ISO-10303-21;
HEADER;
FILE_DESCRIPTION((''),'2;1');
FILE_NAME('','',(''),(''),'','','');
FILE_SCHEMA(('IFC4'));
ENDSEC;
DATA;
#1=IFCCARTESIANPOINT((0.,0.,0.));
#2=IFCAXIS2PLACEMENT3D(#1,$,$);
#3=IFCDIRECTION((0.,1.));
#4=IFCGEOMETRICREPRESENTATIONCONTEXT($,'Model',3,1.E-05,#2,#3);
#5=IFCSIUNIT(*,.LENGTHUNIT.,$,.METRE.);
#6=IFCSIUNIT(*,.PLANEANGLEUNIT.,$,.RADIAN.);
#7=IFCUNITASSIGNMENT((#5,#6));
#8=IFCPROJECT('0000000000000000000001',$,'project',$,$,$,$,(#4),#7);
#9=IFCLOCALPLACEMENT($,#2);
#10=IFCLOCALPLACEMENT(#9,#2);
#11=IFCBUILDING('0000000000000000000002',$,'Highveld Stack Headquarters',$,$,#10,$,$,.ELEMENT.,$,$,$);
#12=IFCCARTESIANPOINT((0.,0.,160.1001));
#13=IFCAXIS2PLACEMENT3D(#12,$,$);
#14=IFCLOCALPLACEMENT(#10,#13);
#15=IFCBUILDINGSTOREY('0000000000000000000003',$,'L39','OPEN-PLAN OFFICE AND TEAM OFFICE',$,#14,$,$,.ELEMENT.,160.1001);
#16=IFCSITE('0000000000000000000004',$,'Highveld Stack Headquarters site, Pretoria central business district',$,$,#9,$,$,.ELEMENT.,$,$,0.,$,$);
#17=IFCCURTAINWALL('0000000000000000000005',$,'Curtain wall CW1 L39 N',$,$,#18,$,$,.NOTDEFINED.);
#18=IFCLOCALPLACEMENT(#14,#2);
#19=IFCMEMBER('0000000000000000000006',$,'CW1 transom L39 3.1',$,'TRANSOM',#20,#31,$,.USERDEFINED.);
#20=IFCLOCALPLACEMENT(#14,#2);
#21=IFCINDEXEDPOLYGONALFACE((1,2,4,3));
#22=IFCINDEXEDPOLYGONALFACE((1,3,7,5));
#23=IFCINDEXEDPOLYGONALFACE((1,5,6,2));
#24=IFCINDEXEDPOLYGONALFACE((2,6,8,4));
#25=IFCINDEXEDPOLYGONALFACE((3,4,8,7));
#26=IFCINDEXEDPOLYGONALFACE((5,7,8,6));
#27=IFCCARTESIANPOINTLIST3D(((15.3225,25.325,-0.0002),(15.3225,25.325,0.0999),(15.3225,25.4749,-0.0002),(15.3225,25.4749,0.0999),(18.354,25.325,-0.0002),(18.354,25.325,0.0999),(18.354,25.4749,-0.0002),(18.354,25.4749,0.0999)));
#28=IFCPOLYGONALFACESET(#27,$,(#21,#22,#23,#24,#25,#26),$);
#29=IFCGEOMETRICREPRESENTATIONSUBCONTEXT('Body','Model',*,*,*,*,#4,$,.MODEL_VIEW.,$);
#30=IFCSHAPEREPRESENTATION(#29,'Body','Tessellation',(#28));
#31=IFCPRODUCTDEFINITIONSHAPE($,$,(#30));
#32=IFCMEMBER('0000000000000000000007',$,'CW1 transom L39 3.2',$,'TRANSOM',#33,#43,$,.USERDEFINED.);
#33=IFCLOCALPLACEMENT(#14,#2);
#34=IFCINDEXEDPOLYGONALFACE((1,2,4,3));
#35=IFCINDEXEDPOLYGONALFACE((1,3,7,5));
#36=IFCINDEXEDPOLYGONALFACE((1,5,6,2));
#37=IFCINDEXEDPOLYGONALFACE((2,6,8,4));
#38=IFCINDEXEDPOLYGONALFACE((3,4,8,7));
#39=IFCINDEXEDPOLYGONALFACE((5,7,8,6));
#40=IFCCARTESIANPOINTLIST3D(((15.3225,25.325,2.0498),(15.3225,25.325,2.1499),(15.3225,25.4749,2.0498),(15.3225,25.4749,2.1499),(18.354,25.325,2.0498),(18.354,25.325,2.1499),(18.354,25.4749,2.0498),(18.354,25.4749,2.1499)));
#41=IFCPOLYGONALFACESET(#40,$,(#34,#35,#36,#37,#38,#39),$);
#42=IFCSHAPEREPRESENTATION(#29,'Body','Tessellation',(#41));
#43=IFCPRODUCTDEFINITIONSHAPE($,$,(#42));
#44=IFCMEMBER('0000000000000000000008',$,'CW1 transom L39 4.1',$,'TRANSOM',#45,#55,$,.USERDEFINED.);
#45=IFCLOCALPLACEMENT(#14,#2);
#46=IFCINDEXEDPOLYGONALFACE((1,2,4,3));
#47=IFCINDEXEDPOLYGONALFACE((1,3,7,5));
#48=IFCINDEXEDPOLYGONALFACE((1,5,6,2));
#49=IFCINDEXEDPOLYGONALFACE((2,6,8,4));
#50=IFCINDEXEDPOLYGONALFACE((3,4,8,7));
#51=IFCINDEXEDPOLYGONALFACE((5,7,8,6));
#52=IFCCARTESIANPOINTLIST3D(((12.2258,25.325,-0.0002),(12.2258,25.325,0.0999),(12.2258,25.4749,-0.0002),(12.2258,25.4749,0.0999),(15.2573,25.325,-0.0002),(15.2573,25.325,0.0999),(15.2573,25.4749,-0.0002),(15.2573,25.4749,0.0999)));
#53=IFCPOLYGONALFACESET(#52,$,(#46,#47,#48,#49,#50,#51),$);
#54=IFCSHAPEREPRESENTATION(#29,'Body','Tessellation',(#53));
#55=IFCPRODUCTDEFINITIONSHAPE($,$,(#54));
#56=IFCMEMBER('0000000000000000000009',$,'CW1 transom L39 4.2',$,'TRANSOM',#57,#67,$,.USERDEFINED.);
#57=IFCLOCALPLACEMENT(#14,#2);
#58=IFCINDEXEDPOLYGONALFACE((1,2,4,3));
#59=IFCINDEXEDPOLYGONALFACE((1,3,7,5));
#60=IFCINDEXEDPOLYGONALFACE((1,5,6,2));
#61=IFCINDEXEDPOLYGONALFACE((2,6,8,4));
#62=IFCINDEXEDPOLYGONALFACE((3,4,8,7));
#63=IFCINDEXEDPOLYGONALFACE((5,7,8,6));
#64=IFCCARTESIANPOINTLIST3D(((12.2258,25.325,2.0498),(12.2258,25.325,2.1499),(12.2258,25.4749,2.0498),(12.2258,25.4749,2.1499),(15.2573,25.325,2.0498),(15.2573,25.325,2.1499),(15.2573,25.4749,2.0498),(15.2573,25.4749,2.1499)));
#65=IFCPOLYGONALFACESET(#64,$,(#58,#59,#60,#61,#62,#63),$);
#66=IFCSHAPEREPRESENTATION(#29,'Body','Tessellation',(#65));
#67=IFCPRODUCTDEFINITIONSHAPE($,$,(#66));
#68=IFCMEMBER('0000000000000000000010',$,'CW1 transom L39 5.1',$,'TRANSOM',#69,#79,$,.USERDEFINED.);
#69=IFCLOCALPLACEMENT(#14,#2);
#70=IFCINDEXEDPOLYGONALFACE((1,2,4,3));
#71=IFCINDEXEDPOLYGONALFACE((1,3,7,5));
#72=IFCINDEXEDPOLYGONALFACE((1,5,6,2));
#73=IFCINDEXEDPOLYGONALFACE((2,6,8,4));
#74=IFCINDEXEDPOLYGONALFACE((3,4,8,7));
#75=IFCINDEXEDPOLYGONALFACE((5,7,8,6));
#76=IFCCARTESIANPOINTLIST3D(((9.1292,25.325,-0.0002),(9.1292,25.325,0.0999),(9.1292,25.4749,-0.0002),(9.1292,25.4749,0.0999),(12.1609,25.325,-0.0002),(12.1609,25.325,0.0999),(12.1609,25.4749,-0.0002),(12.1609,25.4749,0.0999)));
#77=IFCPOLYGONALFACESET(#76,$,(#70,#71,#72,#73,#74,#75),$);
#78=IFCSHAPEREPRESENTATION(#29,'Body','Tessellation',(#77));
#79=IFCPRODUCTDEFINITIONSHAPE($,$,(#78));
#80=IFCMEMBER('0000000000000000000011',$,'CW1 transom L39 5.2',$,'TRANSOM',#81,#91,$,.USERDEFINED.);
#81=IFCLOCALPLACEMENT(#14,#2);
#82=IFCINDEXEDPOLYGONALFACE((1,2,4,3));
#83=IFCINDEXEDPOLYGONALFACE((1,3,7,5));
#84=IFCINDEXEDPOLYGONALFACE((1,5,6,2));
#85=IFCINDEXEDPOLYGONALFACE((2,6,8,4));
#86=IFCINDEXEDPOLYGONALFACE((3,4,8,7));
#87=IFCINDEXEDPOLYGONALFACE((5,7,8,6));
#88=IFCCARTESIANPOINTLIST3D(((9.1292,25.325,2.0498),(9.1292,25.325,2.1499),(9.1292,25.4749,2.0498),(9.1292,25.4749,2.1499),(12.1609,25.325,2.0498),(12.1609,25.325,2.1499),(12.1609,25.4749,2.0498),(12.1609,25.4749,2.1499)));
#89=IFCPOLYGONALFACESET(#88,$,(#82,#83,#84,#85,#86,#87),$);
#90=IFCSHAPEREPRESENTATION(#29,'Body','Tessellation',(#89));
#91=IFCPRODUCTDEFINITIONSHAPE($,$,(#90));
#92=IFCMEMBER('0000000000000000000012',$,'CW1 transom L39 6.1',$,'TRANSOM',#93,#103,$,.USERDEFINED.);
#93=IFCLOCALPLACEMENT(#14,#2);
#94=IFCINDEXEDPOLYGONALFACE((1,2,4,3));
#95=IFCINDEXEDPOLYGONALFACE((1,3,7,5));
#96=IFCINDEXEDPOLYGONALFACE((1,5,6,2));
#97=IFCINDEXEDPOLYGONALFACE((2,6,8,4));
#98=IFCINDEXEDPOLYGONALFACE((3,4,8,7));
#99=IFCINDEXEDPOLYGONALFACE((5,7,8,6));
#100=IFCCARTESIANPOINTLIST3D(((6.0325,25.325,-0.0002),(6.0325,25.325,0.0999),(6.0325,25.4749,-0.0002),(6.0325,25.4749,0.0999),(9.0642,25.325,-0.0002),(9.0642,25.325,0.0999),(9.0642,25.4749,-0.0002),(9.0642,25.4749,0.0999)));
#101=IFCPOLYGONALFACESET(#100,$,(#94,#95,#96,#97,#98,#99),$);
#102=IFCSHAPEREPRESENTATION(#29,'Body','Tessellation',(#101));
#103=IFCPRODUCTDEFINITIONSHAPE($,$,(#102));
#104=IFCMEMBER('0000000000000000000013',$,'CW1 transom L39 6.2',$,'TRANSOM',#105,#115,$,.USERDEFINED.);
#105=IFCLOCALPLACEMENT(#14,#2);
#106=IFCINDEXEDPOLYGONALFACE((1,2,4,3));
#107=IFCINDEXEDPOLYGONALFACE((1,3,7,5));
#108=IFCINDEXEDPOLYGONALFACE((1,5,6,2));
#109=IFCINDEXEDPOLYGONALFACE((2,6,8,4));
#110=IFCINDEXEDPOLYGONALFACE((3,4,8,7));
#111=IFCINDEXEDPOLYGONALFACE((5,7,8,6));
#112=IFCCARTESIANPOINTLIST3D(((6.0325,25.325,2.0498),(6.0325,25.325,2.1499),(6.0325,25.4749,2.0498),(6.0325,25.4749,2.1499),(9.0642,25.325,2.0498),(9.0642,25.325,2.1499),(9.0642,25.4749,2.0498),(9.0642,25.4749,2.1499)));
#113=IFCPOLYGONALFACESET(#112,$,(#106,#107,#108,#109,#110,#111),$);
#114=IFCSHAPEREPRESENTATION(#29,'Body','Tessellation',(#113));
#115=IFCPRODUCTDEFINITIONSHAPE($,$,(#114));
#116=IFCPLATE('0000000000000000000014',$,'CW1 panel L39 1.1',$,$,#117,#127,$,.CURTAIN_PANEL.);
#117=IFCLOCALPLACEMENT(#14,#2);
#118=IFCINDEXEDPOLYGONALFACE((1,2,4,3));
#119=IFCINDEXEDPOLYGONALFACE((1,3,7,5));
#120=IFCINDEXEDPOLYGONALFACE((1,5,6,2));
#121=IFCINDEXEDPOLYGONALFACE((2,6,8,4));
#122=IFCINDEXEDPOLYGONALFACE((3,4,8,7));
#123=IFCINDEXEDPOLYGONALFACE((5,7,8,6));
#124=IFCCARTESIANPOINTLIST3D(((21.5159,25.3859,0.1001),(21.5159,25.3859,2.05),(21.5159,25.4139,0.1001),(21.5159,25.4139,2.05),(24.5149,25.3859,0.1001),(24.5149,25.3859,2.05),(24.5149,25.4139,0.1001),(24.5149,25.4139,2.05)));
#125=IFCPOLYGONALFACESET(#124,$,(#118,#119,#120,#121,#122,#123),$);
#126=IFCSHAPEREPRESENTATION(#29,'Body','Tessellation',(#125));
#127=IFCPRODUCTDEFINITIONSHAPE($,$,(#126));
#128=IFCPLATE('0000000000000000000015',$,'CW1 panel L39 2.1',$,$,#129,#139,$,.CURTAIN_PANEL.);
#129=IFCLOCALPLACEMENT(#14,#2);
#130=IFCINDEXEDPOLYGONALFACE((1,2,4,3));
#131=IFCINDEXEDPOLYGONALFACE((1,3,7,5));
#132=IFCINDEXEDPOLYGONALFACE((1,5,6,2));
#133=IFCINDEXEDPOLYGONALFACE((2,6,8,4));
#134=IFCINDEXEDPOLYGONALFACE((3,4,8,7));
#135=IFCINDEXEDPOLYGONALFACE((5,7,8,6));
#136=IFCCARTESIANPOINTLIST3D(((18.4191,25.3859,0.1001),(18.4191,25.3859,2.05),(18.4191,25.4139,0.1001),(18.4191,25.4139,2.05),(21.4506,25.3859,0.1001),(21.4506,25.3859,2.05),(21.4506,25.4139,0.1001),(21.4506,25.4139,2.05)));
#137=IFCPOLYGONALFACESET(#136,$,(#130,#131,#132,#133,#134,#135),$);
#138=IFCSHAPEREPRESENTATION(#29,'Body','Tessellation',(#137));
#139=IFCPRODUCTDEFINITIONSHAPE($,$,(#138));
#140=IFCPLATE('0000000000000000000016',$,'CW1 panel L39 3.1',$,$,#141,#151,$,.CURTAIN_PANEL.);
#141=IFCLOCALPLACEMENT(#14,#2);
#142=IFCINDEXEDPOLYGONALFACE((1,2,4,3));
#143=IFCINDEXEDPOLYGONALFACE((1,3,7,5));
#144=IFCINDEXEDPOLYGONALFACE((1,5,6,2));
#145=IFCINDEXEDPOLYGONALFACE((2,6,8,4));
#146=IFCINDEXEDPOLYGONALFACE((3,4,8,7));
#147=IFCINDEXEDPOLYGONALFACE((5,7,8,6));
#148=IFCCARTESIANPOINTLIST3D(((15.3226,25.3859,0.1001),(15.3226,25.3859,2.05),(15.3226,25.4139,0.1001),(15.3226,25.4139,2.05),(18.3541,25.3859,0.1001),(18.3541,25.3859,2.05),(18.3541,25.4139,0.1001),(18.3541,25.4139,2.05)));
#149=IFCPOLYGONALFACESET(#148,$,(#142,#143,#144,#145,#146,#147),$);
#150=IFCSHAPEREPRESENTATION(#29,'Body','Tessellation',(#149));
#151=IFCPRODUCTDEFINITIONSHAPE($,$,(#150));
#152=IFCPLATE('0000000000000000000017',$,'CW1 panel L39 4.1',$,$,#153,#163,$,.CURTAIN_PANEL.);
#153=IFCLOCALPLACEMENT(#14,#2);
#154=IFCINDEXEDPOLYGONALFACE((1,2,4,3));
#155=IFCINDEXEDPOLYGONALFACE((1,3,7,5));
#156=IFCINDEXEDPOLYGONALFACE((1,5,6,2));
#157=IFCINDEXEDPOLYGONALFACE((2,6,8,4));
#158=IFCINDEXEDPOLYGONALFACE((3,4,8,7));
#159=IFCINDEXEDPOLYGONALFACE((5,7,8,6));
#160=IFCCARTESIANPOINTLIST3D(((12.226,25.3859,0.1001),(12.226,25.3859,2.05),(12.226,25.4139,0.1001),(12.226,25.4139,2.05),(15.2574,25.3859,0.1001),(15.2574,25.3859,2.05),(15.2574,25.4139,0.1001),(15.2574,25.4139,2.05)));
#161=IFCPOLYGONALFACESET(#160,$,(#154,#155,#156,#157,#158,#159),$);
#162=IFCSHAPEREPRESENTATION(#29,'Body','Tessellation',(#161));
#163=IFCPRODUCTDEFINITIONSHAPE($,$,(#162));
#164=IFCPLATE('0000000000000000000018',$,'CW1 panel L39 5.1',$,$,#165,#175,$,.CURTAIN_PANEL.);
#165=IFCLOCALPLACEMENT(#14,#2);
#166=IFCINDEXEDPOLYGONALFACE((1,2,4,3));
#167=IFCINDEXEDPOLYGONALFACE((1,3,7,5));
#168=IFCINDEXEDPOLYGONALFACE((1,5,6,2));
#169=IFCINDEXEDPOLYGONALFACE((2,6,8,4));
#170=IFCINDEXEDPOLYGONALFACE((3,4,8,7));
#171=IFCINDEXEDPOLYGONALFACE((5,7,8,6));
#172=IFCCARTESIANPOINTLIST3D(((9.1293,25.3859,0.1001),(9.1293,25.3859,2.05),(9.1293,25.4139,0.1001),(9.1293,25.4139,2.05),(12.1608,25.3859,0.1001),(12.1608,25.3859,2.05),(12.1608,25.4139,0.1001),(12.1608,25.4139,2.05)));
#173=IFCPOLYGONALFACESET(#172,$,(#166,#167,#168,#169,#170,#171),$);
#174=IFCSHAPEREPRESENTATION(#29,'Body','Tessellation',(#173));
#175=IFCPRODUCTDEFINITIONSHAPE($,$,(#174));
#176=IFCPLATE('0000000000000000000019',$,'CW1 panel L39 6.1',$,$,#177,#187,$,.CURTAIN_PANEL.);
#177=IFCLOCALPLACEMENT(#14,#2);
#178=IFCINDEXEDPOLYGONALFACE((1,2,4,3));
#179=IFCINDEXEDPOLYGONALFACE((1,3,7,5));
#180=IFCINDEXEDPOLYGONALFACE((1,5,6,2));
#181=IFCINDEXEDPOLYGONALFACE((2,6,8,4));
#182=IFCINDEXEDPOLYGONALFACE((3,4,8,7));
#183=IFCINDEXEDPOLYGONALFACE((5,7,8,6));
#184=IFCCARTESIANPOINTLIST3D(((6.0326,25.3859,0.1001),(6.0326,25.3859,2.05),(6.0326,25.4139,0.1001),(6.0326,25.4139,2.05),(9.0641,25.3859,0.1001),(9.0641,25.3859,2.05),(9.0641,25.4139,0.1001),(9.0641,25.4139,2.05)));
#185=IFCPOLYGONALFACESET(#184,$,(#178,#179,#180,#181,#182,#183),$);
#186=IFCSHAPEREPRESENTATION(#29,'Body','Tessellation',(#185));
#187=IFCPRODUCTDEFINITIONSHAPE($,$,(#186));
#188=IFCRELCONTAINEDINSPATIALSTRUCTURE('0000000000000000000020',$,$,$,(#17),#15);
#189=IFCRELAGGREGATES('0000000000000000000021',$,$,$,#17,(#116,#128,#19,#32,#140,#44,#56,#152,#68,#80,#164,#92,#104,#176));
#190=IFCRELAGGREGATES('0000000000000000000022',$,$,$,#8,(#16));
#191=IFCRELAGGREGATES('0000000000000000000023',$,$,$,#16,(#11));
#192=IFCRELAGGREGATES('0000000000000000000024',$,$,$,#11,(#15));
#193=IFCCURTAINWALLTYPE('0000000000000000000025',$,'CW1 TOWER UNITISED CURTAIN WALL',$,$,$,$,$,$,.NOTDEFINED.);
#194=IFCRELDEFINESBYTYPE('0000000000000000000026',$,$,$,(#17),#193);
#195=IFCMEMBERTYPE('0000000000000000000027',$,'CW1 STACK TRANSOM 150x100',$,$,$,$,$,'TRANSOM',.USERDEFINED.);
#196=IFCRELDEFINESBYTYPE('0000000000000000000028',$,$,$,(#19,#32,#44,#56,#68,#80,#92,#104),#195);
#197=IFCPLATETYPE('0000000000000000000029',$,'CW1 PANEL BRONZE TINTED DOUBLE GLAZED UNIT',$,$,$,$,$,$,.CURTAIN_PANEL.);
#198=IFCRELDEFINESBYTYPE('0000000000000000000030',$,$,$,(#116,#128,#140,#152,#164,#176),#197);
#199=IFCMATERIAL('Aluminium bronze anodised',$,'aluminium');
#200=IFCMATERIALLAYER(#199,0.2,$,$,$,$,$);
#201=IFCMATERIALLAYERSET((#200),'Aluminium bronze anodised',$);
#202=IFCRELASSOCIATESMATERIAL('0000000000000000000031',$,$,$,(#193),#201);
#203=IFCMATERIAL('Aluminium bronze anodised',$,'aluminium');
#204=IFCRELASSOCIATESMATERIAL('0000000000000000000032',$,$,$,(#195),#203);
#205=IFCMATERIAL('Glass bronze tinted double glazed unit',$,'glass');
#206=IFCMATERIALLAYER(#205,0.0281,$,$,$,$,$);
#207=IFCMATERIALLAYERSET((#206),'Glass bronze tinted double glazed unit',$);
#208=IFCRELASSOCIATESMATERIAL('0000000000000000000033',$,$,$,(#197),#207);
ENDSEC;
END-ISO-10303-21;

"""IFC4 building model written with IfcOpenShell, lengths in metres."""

from ifc_helpers import new_model, si_unit, direction, frame, origin, origin_2d, place, context, subcontext, project, spatial, rectangle, extrude, material, layer, layer_set, material_profile, profile_set, type_object, element, aggregate, save


model = new_model("IFC4")

# Units and contexts
model_context = context("Model", 3, precision=1e-05, world=origin(), true_north=direction((0.0, 1.0)))
body_context = subcontext(model_context, "Body", "Model", "MODEL_VIEW")
ifc_project = project(units=[si_unit("LENGTHUNIT", "METRE"), si_unit("PLANEANGLEUNIT", "RADIAN")], contexts=[model_context])

# Site, building, storey
site_placement = place(None, origin())
site = spatial("IfcSite", under=ifc_project, at=site_placement, Name="Highveld Stack Headquarters site, Pretoria central business district", CompositionType="ELEMENT", RefElevation=0.0)
building_placement = place(site_placement, origin())
building = spatial("IfcBuilding", under=site, at=building_placement, Name="Highveld Stack Headquarters", CompositionType="ELEMENT")
storey_placement = place(building_placement, frame((0.0, 0.0, 160.1001)))
storey = spatial("IfcBuildingStorey", under=building, at=storey_placement, Name="L39", Description="OPEN-PLAN OFFICE AND TEAM OFFICE", CompositionType="ELEMENT", Elevation=160.1001)

# Curtain wall, members, plates
ifc_material_1 = material(Name="Aluminium bronze anodised", Category="aluminium")
ifc_layer_1 = layer(ifc_material_1, 0.2)
ifc_layer_set_1 = layer_set([ifc_layer_1], Name="Aluminium bronze anodised")
curtain_wall_type = type_object("IfcCurtainWallType", Name="CW1 TOWER UNITISED CURTAIN WALL", PredefinedType="NOTDEFINED", material=ifc_layer_set_1)
curtain_wall_placement = place(storey_placement, origin())
curtain_wall = element("IfcCurtainWall", 1, at=curtain_wall_placement, inside=storey, type_object=curtain_wall_type, Name="Curtain wall CW1 L39 N", PredefinedType="NOTDEFINED")
ifc_material_2 = material(Name="Aluminium bronze anodised", Category="aluminium")
ifc_material_profile_1 = material_profile(ifc_material_2, rectangle(XDim=0.1499, YDim=0.1001, at=origin_2d()), Name="CW1 TRANSOM 150x100")
ifc_profile_set_1 = profile_set([ifc_material_profile_1], Name="Aluminium bronze anodised")
member_type_1 = type_object("IfcMemberType", Name="CW1 STACK TRANSOM 150x100", ElementType="TRANSOM", PredefinedType="USERDEFINED", material=ifc_profile_set_1)
member_1_placement = place(storey_placement, frame((18.354, 25.3999, 0.0498), z_axis=(-1.0, 0.0, 0.0), x_axis=(0.0, -1.0, 0.0)))
member_1 = element("IfcMember", 2, at=member_1_placement, type_object=member_type_1, Name="CW1 transom L39 3.1", ObjectType="TRANSOM", PredefinedType="USERDEFINED", context=body_context, shape_type="SweptSolid", body=[
    extrude(rectangle(XDim=0.1499, YDim=0.1001, at=origin_2d()), origin(), (0.0, 0.0, 1.0), 3.0315),
])
member_2_placement = place(storey_placement, frame((18.354, 25.3999, 2.0999), z_axis=(-1.0, 0.0, 0.0), x_axis=(0.0, -1.0, 0.0)))
member_2 = element("IfcMember", 3, at=member_2_placement, type_object=member_type_1, Name="CW1 transom L39 3.2", ObjectType="TRANSOM", PredefinedType="USERDEFINED", context=body_context, shape_type="SweptSolid", body=[
    extrude(rectangle(XDim=0.1499, YDim=0.1001, at=origin_2d()), origin(), (0.0, 0.0, 1.0), 3.0315),
])
member_3_placement = place(storey_placement, frame((15.2573, 25.3999, 0.0498), z_axis=(-1.0, 0.0, 0.0), x_axis=(0.0, -1.0, 0.0)))
member_3 = element("IfcMember", 4, at=member_3_placement, type_object=member_type_1, Name="CW1 transom L39 4.1", ObjectType="TRANSOM", PredefinedType="USERDEFINED", context=body_context, shape_type="SweptSolid", body=[
    extrude(rectangle(XDim=0.1499, YDim=0.1001, at=origin_2d()), origin(), (0.0, 0.0, 1.0), 3.0315),
])
member_4_placement = place(storey_placement, frame((15.2573, 25.3999, 2.0999), z_axis=(-1.0, 0.0, 0.0), x_axis=(0.0, -1.0, 0.0)))
member_4 = element("IfcMember", 5, at=member_4_placement, type_object=member_type_1, Name="CW1 transom L39 4.2", ObjectType="TRANSOM", PredefinedType="USERDEFINED", context=body_context, shape_type="SweptSolid", body=[
    extrude(rectangle(XDim=0.1499, YDim=0.1001, at=origin_2d()), origin(), (0.0, 0.0, 1.0), 3.0315),
])
member_5_placement = place(storey_placement, frame((12.1609, 25.3999, 0.0498), z_axis=(-1.0, 0.0, 0.0), x_axis=(0.0, -1.0, 0.0)))
member_5 = element("IfcMember", 6, at=member_5_placement, type_object=member_type_1, Name="CW1 transom L39 5.1", ObjectType="TRANSOM", PredefinedType="USERDEFINED", context=body_context, shape_type="SweptSolid", body=[
    extrude(rectangle(XDim=0.1499, YDim=0.1001, at=origin_2d()), origin(), (0.0, 0.0, 1.0), 3.0317),
])
member_6_placement = place(storey_placement, frame((12.1609, 25.3999, 2.0999), z_axis=(-1.0, 0.0, 0.0), x_axis=(0.0, -1.0, 0.0)))
member_6 = element("IfcMember", 7, at=member_6_placement, type_object=member_type_1, Name="CW1 transom L39 5.2", ObjectType="TRANSOM", PredefinedType="USERDEFINED", context=body_context, shape_type="SweptSolid", body=[
    extrude(rectangle(XDim=0.1499, YDim=0.1001, at=origin_2d()), origin(), (0.0, 0.0, 1.0), 3.0317),
])
member_7_placement = place(storey_placement, frame((9.0642, 25.3999, 0.0498), z_axis=(-1.0, 0.0, 0.0), x_axis=(0.0, -1.0, 0.0)))
member_7 = element("IfcMember", 8, at=member_7_placement, type_object=member_type_1, Name="CW1 transom L39 6.1", ObjectType="TRANSOM", PredefinedType="USERDEFINED", context=body_context, shape_type="SweptSolid", body=[
    extrude(rectangle(XDim=0.1499, YDim=0.1001, at=origin_2d()), origin(), (0.0, 0.0, 1.0), 3.0317),
])
member_8_placement = place(storey_placement, frame((9.0642, 25.3999, 2.0999), z_axis=(-1.0, 0.0, 0.0), x_axis=(0.0, -1.0, 0.0)))
member_8 = element("IfcMember", 9, at=member_8_placement, type_object=member_type_1, Name="CW1 transom L39 6.2", ObjectType="TRANSOM", PredefinedType="USERDEFINED", context=body_context, shape_type="SweptSolid", body=[
    extrude(rectangle(XDim=0.1499, YDim=0.1001, at=origin_2d()), origin(), (0.0, 0.0, 1.0), 3.0317),
])
ifc_material_3 = material(Name="Glass bronze tinted double glazed unit", Category="glass")
ifc_layer_2 = layer(ifc_material_3, 0.0281)
ifc_layer_set_2 = layer_set([ifc_layer_2], Name="Glass bronze tinted double glazed unit")
plate_type = type_object("IfcPlateType", Name="CW1 PANEL BRONZE TINTED DOUBLE GLAZED UNIT", PredefinedType="CURTAIN_PANEL", material=ifc_layer_set_2)
plate_1_placement = place(storey_placement, frame((23.0154, 25.3999, 0.1001), z_axis=(0.0, 0.0, 1.0), x_axis=(-1.0, 0.0, 0.0)))
plate_1 = element("IfcPlate", 10, at=plate_1_placement, type_object=plate_type, Name="CW1 panel L39 1.1", PredefinedType="CURTAIN_PANEL", context=body_context, shape_type="SweptSolid", body=[
    extrude(rectangle(XDim=2.999, YDim=0.0281, at=origin_2d()), origin(), (0.0, 0.0, 1.0), 1.95),
])
plate_2_placement = place(storey_placement, frame((19.9348, 25.3999, 0.1001), z_axis=(0.0, 0.0, 1.0), x_axis=(-1.0, 0.0, 0.0)))
plate_2 = element("IfcPlate", 11, at=plate_2_placement, type_object=plate_type, Name="CW1 panel L39 2.1", PredefinedType="CURTAIN_PANEL", context=body_context, shape_type="SweptSolid", body=[
    extrude(rectangle(XDim=3.0315, YDim=0.0281, at=origin_2d()), origin(), (0.0, 0.0, 1.0), 1.95),
])
plate_3_placement = place(storey_placement, frame((16.8384, 25.3999, 0.1001), z_axis=(0.0, 0.0, 1.0), x_axis=(-1.0, 0.0, 0.0)))
plate_3 = element("IfcPlate", 12, at=plate_3_placement, type_object=plate_type, Name="CW1 panel L39 3.1", PredefinedType="CURTAIN_PANEL", context=body_context, shape_type="SweptSolid", body=[
    extrude(rectangle(XDim=3.0315, YDim=0.0281, at=origin_2d()), origin(), (0.0, 0.0, 1.0), 1.95),
])
plate_4_placement = place(storey_placement, frame((13.7417, 25.3999, 0.1001), z_axis=(0.0, 0.0, 1.0), x_axis=(-1.0, 0.0, 0.0)))
plate_4 = element("IfcPlate", 13, at=plate_4_placement, type_object=plate_type, Name="CW1 panel L39 4.1", PredefinedType="CURTAIN_PANEL", context=body_context, shape_type="SweptSolid", body=[
    extrude(rectangle(XDim=3.0315, YDim=0.0281, at=origin_2d()), origin(), (0.0, 0.0, 1.0), 1.95),
])
plate_5_placement = place(storey_placement, frame((10.645, 25.3999, 0.1001), z_axis=(0.0, 0.0, 1.0), x_axis=(-1.0, 0.0, 0.0)))
plate_5 = element("IfcPlate", 14, at=plate_5_placement, type_object=plate_type, Name="CW1 panel L39 5.1", PredefinedType="CURTAIN_PANEL", context=body_context, shape_type="SweptSolid", body=[
    extrude(rectangle(XDim=3.0315, YDim=0.0281, at=origin_2d()), origin(), (0.0, 0.0, 1.0), 1.95),
])
plate_6_placement = place(storey_placement, frame((7.5483, 25.3999, 0.1001), z_axis=(0.0, 0.0, 1.0), x_axis=(-1.0, 0.0, 0.0)))
plate_6 = element("IfcPlate", 15, at=plate_6_placement, type_object=plate_type, Name="CW1 panel L39 6.1", PredefinedType="CURTAIN_PANEL", context=body_context, shape_type="SweptSolid", body=[
    extrude(rectangle(XDim=3.0315, YDim=0.0281, at=origin_2d()), origin(), (0.0, 0.0, 1.0), 1.95),
])
aggregate(curtain_wall, [plate_1, plate_2, member_1, member_2, plate_3, member_3, member_4, plate_4, member_5, member_6, plate_5, member_7, member_8, plate_6])

save(model, "model.ifc")
